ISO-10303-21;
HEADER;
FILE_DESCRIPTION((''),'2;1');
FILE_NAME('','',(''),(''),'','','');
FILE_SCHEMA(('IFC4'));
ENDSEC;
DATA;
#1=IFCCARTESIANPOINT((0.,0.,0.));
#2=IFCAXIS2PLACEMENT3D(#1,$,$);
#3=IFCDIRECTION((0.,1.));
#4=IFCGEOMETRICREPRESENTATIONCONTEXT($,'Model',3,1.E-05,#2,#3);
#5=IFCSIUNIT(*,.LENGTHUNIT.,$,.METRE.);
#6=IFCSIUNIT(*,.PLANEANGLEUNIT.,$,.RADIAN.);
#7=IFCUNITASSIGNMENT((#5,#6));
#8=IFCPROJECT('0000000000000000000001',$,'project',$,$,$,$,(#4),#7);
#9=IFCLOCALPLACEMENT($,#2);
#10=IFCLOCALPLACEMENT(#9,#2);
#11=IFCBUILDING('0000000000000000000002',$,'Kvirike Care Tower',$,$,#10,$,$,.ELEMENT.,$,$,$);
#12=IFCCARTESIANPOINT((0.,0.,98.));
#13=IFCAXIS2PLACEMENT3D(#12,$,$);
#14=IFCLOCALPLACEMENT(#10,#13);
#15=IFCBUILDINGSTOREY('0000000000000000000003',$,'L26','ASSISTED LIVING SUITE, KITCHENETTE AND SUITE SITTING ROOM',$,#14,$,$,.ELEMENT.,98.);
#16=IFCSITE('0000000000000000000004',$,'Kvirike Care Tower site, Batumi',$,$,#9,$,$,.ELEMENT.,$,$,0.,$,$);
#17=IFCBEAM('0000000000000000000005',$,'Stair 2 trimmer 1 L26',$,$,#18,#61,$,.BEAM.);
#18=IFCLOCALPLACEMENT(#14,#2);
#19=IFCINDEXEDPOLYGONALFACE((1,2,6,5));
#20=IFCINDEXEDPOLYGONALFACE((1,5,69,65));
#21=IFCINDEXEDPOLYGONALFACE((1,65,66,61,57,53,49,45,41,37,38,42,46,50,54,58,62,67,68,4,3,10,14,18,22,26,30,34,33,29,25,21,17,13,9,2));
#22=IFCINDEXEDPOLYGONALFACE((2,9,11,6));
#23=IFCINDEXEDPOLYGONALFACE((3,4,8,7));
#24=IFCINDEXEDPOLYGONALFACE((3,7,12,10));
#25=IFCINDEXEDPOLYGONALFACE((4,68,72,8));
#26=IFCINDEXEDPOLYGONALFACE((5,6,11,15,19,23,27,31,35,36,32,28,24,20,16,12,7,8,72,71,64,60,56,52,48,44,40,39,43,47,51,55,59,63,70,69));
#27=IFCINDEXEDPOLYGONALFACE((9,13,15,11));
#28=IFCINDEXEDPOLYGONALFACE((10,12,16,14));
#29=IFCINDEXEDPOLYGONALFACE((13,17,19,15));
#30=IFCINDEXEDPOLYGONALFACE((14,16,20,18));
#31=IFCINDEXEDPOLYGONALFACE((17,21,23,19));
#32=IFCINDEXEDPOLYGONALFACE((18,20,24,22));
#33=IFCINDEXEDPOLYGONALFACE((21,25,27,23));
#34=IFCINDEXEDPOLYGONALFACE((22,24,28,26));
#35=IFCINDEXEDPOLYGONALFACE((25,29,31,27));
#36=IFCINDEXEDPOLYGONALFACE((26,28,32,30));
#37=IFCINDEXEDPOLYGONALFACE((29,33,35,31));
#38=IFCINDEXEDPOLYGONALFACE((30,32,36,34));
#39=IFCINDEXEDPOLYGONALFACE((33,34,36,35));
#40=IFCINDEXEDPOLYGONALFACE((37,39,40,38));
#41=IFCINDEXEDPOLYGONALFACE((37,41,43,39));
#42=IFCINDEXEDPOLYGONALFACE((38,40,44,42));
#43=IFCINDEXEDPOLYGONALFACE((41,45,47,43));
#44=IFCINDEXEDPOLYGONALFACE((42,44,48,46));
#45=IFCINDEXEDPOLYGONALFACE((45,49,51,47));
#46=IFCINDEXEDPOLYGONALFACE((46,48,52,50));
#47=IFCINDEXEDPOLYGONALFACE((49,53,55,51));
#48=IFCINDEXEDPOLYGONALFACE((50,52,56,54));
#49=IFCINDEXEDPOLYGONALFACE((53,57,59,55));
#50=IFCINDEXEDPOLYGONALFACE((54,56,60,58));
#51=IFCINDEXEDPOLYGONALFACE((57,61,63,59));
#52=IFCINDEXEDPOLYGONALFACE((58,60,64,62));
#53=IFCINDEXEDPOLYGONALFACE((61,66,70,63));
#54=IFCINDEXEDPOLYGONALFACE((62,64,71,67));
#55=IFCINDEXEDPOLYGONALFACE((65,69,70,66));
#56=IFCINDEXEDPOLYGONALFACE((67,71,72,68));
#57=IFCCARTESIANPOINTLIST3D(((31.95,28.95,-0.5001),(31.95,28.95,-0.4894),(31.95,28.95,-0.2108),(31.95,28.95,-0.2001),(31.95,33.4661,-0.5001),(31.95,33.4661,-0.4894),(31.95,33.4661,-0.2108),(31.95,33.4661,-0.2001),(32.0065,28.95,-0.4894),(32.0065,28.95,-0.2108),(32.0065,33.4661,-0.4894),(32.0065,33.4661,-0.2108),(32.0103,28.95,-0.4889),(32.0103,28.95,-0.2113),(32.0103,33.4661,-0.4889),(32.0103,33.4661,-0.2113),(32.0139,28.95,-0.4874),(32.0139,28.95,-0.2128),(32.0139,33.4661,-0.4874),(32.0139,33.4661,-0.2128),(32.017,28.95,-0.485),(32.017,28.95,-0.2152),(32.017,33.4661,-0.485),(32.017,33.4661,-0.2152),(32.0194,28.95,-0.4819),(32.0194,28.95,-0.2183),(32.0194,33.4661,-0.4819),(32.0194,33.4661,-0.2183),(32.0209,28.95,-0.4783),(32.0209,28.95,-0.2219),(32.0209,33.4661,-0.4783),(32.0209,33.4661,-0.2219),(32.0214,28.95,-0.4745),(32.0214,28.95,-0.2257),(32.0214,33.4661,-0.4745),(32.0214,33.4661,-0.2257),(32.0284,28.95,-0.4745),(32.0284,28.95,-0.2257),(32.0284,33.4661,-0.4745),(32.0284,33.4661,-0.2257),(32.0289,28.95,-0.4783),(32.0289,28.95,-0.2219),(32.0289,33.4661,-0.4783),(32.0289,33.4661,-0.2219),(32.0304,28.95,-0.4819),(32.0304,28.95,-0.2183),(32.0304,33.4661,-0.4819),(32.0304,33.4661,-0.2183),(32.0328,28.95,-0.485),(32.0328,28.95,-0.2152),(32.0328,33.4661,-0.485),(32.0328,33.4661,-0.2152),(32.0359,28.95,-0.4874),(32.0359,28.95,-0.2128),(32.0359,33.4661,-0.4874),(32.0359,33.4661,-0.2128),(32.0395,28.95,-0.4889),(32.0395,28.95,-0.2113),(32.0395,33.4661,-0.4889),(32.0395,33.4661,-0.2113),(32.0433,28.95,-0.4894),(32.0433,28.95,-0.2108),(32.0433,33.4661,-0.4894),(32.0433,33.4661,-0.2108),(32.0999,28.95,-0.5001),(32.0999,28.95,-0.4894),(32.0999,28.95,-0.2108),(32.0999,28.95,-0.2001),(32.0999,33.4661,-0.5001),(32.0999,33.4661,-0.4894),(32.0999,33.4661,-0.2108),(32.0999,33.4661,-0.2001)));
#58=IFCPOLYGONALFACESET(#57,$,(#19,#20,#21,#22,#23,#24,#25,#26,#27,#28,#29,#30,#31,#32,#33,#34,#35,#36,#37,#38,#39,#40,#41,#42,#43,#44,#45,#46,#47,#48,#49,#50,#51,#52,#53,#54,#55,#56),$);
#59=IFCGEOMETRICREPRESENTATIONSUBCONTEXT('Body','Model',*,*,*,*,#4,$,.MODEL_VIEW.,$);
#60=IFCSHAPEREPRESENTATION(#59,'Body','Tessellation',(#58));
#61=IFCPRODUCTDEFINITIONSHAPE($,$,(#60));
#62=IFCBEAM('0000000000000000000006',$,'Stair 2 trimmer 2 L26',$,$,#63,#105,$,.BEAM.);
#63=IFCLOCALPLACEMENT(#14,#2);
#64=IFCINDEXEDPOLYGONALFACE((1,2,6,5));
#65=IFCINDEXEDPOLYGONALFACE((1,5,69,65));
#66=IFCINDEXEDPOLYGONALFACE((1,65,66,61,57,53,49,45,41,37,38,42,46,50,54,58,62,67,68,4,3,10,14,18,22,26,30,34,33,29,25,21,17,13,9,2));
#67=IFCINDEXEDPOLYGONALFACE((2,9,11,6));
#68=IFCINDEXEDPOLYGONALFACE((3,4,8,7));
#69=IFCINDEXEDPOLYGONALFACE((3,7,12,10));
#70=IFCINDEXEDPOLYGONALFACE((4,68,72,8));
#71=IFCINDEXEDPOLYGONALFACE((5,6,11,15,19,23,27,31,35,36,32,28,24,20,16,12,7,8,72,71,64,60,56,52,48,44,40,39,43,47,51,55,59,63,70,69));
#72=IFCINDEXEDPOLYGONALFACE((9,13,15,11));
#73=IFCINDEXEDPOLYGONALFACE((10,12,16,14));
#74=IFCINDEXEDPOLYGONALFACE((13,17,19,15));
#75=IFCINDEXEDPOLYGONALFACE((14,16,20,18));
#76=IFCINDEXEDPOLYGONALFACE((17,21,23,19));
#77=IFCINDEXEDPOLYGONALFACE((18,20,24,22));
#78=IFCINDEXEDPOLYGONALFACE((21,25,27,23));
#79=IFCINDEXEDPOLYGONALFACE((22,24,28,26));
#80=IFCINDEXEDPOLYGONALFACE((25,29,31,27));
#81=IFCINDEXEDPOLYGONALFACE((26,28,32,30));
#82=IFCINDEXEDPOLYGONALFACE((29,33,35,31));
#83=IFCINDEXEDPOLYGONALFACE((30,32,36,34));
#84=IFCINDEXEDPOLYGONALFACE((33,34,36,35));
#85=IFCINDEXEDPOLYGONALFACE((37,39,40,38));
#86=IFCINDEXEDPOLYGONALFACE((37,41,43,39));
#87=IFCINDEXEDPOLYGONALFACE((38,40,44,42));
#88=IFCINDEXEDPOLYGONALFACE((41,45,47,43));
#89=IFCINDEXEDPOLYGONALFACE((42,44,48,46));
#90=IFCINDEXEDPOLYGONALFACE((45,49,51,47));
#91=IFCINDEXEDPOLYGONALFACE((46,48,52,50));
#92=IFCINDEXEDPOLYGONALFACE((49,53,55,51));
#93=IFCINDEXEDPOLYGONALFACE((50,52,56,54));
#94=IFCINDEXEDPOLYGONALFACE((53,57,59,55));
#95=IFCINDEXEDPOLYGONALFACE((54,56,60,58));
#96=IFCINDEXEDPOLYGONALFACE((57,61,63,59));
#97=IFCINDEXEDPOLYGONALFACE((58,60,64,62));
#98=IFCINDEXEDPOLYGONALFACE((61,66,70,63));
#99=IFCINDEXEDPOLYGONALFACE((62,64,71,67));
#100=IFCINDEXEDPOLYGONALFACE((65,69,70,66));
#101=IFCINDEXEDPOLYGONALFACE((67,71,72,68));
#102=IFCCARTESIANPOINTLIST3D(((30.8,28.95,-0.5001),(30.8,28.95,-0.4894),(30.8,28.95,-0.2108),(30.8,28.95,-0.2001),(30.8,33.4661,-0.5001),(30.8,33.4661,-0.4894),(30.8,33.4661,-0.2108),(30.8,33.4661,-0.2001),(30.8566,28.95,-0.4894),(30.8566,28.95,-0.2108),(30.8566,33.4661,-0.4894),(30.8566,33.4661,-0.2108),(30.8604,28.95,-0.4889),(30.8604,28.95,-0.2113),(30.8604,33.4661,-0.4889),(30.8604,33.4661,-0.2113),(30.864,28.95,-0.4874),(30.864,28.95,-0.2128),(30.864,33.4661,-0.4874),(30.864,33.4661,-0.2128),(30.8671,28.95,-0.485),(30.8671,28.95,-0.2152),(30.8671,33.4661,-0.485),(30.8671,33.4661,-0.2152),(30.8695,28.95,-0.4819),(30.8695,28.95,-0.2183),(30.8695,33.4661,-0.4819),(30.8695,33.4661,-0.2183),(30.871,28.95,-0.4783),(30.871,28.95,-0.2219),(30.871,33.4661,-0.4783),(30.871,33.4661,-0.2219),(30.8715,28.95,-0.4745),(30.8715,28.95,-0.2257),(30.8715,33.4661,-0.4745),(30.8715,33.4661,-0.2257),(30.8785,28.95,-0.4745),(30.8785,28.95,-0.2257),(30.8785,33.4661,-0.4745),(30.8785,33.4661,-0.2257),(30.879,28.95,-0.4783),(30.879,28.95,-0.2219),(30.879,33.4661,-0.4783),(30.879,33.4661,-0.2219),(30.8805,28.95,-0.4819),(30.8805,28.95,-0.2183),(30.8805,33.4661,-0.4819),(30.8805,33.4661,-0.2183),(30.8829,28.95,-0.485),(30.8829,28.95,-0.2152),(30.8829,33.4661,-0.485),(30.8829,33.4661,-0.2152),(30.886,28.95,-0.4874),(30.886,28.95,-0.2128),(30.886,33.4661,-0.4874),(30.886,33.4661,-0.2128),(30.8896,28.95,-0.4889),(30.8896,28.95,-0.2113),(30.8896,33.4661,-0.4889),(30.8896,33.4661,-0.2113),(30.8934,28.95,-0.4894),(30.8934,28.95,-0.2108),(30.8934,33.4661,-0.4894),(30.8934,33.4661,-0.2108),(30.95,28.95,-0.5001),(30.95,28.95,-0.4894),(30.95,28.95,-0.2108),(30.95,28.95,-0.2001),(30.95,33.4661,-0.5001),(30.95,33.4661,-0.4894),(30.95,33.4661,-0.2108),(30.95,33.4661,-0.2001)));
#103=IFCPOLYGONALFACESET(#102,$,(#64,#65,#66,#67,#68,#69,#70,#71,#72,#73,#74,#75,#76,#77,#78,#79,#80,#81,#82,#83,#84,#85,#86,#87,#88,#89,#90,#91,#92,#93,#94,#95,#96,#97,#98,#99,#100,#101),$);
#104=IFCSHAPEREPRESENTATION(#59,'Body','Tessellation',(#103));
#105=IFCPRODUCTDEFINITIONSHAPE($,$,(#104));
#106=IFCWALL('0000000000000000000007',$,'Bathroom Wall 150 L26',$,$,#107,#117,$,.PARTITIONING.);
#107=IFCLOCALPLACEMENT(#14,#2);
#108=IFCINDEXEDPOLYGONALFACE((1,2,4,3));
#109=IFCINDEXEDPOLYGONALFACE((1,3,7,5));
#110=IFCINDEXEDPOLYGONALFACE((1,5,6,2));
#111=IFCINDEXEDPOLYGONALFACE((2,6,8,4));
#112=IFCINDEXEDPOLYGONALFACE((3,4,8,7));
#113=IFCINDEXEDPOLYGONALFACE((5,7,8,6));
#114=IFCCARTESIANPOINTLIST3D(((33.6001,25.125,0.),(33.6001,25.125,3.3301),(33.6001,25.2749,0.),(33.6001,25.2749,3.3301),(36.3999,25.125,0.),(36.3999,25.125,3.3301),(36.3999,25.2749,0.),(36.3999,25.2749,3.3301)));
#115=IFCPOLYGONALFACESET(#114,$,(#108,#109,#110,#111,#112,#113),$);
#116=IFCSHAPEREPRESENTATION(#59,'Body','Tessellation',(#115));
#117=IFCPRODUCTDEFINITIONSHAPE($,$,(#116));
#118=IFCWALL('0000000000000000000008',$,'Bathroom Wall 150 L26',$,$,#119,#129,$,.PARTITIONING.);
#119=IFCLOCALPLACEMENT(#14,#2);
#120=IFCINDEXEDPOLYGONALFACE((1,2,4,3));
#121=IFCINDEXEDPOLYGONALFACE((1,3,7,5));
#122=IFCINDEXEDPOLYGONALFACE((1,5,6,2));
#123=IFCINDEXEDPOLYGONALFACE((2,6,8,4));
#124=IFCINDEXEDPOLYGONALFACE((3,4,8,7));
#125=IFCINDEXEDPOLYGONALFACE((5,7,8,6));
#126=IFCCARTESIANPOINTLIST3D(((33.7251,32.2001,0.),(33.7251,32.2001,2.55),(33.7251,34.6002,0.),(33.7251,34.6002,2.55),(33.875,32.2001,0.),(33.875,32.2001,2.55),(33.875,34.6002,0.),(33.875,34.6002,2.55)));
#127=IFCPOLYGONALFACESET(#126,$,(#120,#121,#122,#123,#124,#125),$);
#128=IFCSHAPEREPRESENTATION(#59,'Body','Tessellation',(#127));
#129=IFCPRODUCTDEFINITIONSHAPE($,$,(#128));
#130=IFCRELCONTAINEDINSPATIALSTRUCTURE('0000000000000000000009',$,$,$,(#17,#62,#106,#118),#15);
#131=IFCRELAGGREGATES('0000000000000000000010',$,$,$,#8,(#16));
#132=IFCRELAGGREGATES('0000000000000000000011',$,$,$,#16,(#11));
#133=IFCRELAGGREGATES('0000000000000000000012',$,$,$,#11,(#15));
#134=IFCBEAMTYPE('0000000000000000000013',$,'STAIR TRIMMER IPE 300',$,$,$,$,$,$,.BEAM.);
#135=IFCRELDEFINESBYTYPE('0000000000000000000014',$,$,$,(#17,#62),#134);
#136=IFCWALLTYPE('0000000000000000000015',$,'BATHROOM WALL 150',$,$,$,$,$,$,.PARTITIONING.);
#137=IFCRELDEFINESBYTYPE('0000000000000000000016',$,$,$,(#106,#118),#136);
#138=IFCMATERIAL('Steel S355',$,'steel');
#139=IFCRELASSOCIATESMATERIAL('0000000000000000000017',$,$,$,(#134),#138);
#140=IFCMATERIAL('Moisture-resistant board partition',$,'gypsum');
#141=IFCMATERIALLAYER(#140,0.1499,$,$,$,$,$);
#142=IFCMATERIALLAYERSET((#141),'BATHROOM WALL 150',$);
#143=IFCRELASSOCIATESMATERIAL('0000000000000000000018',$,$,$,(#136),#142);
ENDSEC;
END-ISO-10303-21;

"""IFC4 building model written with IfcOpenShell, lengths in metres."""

from ifc_helpers import new_model, si_unit, direction, frame, frame_2d, origin, origin_2d, place, context, subcontext, project, spatial, rectangle, i_section, extrude, material, layer, layer_set, material_profile, profile_set, type_object, element, save


model = new_model("IFC4")

# Units and contexts
model_context = context("Model", 3, precision=1e-05, world=origin(), true_north=direction((0.0, 1.0)))
body_context = subcontext(model_context, "Body", "Model", "MODEL_VIEW")
ifc_project = project(units=[si_unit("LENGTHUNIT", "METRE"), si_unit("PLANEANGLEUNIT", "RADIAN")], contexts=[model_context])

# Site, building, storey
site_placement = place(None, origin())
site = spatial("IfcSite", under=ifc_project, at=site_placement, Name="Kvirike Care Tower site, Batumi", CompositionType="ELEMENT", RefElevation=0.0)
building_placement = place(site_placement, origin())
building = spatial("IfcBuilding", under=site, at=building_placement, Name="Kvirike Care Tower", CompositionType="ELEMENT")
storey_placement = place(building_placement, frame((0.0, 0.0, 98.0)))
storey = spatial("IfcBuildingStorey", under=building, at=storey_placement, Name="L26", Description="ASSISTED LIVING SUITE, KITCHENETTE AND SUITE SITTING ROOM", CompositionType="ELEMENT", Elevation=98.0)

# Beams
ifc_material_1 = material(Name="Steel S355", Category="steel")
ifc_material_profile_1 = material_profile(ifc_material_1, i_section(OverallWidth=0.1499, OverallDepth=0.3, WebThickness=0.0071, FlangeThickness=0.0107, FilletRadius=0.0149, at=origin_2d()), Name="IPE 300")
ifc_profile_set_1 = profile_set([ifc_material_profile_1], Name="Steel S355")
beam_type_1 = type_object("IfcBeamType", Name="STAIR TRIMMER IPE 300", PredefinedType="BEAM", material=ifc_profile_set_1)
for number, where, z_axis, x_axis, name in (
    (1, (32.0249, 28.95, -0.3501), (0.0, 1.0, 0.0), (-1.0, 0.0, 0.0), "Stair 2 trimmer 1 L26"),
    (2, (30.875, 28.95, -0.3501), (0.0, 1.0, 0.0), (-1.0, 0.0, 0.0), "Stair 2 trimmer 2 L26"),
):
    element("IfcBeam", number, at=place(storey_placement, frame(where, z_axis=z_axis, x_axis=x_axis)), inside=storey, type_object=beam_type_1, Name=name, PredefinedType="BEAM", context=body_context, shape_type="SweptSolid", body=[
        extrude(i_section(OverallWidth=0.1499, OverallDepth=0.3, WebThickness=0.0071, FlangeThickness=0.0107, FilletRadius=0.0149, at=origin_2d()), origin(), (0.0, 0.0, 1.0), 4.5161),
    ])

# Walls
ifc_material_2 = material(Name="Moisture-resistant board partition", Category="gypsum")
ifc_layer_1 = layer(ifc_material_2, 0.1499)
ifc_layer_set_1 = layer_set([ifc_layer_1], Name="BATHROOM WALL 150")
wall_type_1 = type_object("IfcWallType", Name="BATHROOM WALL 150", PredefinedType="PARTITIONING", material=ifc_layer_set_1)
wall_1_placement = place(storey_placement, frame((33.6001, 25.2, 0.0), z_axis=(0.0, 0.0, 1.0), x_axis=(1.0, 0.0, 0.0)))
element("IfcWall", 3, at=wall_1_placement, inside=storey, type_object=wall_type_1, Name="Bathroom Wall 150 L26", PredefinedType="PARTITIONING", context=body_context, shape_type="SweptSolid", body=[
    extrude(rectangle(XDim=2.7998, YDim=0.1499, at=frame_2d((1.3999, 0.0))), origin(), (0.0, 0.0, 1.0), 3.3301),
])
wall_2_placement = place(storey_placement, frame((33.8, 32.2, 0.0), z_axis=(0.0, 0.0, 1.0), x_axis=(0.0, 1.0, 0.0)))
element("IfcWall", 4, at=wall_2_placement, inside=storey, type_object=wall_type_1, Name="Bathroom Wall 150 L26", PredefinedType="PARTITIONING", context=body_context, shape_type="SweptSolid", body=[
    extrude(rectangle(XDim=2.4001, YDim=0.1499, at=frame_2d((1.2002, 0.0))), origin(), (0.0, 0.0, 1.0), 2.55),
])

save(model, "model.ifc")
